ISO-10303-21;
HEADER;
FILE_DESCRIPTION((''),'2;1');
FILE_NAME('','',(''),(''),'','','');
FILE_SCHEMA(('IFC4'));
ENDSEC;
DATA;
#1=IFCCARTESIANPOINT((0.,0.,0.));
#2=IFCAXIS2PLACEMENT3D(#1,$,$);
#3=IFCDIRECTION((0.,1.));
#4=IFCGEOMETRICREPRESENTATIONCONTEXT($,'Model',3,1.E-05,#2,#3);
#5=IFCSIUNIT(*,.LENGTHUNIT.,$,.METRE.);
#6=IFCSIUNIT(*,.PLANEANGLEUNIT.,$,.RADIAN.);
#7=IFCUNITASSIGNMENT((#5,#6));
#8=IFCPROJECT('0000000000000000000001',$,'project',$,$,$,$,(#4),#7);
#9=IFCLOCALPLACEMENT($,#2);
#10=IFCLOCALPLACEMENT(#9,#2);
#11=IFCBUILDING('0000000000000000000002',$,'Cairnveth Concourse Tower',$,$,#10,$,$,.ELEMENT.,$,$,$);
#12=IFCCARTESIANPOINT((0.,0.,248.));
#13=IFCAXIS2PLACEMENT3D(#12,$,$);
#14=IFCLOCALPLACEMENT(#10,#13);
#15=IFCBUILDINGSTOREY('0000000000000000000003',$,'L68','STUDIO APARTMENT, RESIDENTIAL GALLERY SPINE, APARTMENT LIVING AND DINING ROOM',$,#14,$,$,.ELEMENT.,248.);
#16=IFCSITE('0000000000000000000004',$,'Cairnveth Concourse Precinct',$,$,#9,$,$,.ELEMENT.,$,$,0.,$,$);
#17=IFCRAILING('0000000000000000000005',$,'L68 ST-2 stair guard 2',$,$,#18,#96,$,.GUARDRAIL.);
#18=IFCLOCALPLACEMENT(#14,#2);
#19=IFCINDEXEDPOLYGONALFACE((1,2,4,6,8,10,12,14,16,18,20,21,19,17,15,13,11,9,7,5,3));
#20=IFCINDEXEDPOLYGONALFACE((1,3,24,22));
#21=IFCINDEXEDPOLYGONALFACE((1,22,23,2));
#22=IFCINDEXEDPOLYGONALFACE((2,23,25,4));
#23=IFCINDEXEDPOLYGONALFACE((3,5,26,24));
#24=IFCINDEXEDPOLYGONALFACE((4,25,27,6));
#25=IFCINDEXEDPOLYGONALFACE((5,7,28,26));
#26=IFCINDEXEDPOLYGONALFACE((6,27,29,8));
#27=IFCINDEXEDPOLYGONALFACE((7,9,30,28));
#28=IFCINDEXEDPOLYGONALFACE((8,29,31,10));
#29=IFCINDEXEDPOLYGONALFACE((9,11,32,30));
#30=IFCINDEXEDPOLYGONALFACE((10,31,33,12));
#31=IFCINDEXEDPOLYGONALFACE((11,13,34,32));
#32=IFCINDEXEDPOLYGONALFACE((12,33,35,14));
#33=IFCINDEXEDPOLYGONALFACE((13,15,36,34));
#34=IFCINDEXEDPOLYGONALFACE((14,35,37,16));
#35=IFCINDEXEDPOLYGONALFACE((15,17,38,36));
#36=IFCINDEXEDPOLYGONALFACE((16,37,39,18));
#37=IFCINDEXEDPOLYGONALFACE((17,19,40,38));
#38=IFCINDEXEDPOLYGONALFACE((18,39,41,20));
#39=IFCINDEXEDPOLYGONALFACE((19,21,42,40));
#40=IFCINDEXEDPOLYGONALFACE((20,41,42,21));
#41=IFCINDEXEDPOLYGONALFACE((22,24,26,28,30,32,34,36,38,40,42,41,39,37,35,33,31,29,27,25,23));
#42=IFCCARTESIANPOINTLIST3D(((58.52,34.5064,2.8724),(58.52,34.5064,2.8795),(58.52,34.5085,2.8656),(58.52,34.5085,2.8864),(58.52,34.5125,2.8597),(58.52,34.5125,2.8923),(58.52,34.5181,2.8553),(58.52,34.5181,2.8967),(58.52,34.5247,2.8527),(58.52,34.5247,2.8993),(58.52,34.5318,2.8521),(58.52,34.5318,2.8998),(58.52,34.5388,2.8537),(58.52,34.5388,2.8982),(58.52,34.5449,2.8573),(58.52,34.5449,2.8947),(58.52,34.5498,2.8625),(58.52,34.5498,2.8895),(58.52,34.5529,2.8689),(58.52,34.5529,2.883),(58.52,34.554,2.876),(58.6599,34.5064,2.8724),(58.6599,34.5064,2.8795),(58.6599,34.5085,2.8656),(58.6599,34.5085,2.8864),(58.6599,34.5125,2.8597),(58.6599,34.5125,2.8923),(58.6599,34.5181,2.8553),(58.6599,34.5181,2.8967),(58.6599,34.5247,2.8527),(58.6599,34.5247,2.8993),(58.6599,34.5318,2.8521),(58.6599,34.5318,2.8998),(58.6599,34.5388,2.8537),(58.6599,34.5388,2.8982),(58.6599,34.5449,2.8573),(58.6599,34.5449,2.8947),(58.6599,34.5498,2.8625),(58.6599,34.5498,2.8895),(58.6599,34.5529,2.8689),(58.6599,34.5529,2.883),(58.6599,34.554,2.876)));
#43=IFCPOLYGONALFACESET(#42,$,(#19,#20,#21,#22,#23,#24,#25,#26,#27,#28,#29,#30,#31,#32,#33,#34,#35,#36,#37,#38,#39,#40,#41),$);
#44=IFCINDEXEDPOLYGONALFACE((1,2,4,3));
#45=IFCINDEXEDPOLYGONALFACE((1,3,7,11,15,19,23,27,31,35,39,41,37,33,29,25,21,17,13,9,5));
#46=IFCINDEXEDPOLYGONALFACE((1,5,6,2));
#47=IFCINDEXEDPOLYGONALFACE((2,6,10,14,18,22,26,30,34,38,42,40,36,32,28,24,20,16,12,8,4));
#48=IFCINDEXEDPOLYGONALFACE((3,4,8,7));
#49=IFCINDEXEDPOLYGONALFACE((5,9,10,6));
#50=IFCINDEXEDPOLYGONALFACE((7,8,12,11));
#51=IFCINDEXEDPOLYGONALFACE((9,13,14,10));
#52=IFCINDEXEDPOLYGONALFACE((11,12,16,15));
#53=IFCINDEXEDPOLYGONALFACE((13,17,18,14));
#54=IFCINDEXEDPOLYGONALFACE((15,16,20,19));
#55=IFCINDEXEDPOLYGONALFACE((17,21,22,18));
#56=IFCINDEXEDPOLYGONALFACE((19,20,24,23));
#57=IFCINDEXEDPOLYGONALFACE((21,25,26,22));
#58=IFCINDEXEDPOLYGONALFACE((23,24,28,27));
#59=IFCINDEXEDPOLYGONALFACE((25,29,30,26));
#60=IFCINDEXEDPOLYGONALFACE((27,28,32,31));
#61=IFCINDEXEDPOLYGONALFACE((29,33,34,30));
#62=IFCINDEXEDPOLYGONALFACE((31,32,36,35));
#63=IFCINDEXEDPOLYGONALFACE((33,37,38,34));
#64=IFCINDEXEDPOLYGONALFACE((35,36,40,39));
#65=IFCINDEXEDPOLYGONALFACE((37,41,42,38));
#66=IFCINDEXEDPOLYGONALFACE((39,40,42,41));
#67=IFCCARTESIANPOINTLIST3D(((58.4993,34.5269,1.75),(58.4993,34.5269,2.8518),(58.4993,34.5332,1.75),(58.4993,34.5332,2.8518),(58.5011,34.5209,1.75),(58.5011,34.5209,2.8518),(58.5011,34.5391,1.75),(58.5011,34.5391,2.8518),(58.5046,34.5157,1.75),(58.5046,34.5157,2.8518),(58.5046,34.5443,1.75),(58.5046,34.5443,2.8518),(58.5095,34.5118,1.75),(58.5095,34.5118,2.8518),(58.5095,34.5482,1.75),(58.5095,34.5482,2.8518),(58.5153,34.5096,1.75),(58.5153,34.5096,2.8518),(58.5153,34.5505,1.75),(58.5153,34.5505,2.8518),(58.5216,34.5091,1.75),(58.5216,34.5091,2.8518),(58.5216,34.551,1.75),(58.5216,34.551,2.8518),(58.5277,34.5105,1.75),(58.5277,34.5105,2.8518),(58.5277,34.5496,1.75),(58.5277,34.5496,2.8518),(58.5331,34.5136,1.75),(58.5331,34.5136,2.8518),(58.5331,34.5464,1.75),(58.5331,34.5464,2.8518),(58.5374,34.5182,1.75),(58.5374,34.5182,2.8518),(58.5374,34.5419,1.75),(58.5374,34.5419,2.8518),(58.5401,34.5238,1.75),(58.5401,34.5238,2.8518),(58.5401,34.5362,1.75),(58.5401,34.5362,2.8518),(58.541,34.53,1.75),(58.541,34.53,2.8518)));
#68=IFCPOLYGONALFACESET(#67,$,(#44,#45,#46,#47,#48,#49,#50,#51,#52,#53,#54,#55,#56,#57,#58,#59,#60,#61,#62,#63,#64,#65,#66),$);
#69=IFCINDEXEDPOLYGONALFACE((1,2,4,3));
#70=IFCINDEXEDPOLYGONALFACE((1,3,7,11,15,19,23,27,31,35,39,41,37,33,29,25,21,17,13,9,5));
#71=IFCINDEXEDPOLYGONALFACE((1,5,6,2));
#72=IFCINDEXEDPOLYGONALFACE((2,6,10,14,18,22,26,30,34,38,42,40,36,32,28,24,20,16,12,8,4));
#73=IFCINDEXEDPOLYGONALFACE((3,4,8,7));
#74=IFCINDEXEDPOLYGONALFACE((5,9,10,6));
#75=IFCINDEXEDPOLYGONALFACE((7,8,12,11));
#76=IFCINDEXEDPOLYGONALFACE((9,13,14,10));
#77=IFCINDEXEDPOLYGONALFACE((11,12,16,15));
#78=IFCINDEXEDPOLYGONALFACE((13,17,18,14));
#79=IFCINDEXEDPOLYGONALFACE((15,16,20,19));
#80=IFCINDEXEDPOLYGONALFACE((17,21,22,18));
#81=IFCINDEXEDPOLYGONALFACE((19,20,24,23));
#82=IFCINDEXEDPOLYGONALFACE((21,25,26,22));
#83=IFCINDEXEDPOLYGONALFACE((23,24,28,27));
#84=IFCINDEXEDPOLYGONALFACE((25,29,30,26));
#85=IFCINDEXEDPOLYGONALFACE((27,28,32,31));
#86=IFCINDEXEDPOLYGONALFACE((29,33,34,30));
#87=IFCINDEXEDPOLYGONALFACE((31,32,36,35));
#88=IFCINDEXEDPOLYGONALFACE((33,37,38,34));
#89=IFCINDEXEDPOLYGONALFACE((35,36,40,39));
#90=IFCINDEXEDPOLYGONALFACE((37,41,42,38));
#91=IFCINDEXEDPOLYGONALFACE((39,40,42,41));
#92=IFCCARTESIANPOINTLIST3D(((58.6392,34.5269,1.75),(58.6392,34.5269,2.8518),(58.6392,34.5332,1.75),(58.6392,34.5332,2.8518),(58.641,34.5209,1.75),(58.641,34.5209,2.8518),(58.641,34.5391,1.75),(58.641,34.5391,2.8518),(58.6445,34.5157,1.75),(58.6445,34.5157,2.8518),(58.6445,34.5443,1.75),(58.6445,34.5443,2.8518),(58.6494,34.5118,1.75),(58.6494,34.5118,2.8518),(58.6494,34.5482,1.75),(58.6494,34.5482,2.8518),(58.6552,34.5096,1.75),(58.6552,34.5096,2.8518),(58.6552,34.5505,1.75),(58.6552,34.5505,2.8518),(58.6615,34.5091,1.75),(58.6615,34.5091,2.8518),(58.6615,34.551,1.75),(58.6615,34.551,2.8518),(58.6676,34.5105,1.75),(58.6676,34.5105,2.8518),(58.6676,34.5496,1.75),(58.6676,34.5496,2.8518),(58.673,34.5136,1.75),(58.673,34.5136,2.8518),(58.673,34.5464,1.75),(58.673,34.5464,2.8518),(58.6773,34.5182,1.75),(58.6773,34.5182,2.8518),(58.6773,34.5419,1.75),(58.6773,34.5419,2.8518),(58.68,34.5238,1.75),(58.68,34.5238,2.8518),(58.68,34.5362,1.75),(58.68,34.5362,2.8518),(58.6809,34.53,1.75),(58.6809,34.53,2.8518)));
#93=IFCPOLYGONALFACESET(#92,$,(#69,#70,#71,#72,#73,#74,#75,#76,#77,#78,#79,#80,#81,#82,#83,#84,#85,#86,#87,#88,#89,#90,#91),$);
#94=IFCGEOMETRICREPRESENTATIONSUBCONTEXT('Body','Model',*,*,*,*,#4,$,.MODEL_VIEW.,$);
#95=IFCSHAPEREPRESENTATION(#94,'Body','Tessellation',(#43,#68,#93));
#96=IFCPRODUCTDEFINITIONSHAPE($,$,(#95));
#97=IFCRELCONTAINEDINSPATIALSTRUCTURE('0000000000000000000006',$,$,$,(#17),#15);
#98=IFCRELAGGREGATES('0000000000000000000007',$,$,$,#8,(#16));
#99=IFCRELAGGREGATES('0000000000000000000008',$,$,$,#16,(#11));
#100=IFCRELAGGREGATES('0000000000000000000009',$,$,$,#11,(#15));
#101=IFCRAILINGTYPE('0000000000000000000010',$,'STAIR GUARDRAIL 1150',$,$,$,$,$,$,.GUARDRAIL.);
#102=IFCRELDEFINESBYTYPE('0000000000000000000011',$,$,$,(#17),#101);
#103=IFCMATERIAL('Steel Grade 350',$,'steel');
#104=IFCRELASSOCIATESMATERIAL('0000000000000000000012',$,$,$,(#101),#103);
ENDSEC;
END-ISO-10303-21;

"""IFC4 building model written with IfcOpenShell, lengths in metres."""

from ifc_helpers import new_model, si_unit, direction, frame, origin, origin_2d, place, context, subcontext, project, spatial, circle, extrude, material, type_object, element, save


model = new_model("IFC4")

# Units and contexts
model_context = context("Model", 3, precision=1e-05, world=origin(), true_north=direction((0.0, 1.0)))
body_context = subcontext(model_context, "Body", "Model", "MODEL_VIEW")
ifc_project = project(units=[si_unit("LENGTHUNIT", "METRE"), si_unit("PLANEANGLEUNIT", "RADIAN")], contexts=[model_context])

# Site, building, storey
site_placement = place(None, origin())
site = spatial("IfcSite", under=ifc_project, at=site_placement, Name="Cairnveth Concourse Precinct", CompositionType="ELEMENT", RefElevation=0.0)
building_placement = place(site_placement, origin())
building = spatial("IfcBuilding", under=site, at=building_placement, Name="Cairnveth Concourse Tower", CompositionType="ELEMENT")
storey_placement = place(building_placement, frame((0.0, 0.0, 248.0)))
storey = spatial("IfcBuildingStorey", under=building, at=storey_placement, Name="L68", Description="STUDIO APARTMENT, RESIDENTIAL GALLERY SPINE, APARTMENT LIVING AND DINING ROOM", CompositionType="ELEMENT", Elevation=248.0)

# Shared definitions
ifc_material_1 = material(Name="Steel Grade 350", Category="steel")

# Railing
railing_type_1 = type_object("IfcRailingType", Name="STAIR GUARDRAIL 1150", PredefinedType="GUARDRAIL", material=ifc_material_1)
railing_1_placement = place(storey_placement, frame((58.52, 34.53, 1.75)))
element("IfcRailing", 1, at=railing_1_placement, inside=storey, type_object=railing_type_1, Name="L68 ST-2 stair guard 2", PredefinedType="GUARDRAIL", context=body_context, shape_type="SweptSolid", body=[
    extrude(circle(Radius=0.0239, at=origin_2d()), frame((0.0, 0.0, 1.126), z_axis=(1.0, 0.0, 0.0), x_axis=(0.0, 1.0, 0.0)), (0.0, 0.0, 1.0), 0.1399),
    extrude(circle(Radius=0.021, at=origin_2d()), origin(), (0.0, 0.0, 1.0), 1.1018),
    extrude(circle(Radius=0.021, at=origin_2d()), frame((0.1399, 0.0, 0.0)), (0.0, 0.0, 1.0), 1.1018),
])

save(model, "model.ifc")
